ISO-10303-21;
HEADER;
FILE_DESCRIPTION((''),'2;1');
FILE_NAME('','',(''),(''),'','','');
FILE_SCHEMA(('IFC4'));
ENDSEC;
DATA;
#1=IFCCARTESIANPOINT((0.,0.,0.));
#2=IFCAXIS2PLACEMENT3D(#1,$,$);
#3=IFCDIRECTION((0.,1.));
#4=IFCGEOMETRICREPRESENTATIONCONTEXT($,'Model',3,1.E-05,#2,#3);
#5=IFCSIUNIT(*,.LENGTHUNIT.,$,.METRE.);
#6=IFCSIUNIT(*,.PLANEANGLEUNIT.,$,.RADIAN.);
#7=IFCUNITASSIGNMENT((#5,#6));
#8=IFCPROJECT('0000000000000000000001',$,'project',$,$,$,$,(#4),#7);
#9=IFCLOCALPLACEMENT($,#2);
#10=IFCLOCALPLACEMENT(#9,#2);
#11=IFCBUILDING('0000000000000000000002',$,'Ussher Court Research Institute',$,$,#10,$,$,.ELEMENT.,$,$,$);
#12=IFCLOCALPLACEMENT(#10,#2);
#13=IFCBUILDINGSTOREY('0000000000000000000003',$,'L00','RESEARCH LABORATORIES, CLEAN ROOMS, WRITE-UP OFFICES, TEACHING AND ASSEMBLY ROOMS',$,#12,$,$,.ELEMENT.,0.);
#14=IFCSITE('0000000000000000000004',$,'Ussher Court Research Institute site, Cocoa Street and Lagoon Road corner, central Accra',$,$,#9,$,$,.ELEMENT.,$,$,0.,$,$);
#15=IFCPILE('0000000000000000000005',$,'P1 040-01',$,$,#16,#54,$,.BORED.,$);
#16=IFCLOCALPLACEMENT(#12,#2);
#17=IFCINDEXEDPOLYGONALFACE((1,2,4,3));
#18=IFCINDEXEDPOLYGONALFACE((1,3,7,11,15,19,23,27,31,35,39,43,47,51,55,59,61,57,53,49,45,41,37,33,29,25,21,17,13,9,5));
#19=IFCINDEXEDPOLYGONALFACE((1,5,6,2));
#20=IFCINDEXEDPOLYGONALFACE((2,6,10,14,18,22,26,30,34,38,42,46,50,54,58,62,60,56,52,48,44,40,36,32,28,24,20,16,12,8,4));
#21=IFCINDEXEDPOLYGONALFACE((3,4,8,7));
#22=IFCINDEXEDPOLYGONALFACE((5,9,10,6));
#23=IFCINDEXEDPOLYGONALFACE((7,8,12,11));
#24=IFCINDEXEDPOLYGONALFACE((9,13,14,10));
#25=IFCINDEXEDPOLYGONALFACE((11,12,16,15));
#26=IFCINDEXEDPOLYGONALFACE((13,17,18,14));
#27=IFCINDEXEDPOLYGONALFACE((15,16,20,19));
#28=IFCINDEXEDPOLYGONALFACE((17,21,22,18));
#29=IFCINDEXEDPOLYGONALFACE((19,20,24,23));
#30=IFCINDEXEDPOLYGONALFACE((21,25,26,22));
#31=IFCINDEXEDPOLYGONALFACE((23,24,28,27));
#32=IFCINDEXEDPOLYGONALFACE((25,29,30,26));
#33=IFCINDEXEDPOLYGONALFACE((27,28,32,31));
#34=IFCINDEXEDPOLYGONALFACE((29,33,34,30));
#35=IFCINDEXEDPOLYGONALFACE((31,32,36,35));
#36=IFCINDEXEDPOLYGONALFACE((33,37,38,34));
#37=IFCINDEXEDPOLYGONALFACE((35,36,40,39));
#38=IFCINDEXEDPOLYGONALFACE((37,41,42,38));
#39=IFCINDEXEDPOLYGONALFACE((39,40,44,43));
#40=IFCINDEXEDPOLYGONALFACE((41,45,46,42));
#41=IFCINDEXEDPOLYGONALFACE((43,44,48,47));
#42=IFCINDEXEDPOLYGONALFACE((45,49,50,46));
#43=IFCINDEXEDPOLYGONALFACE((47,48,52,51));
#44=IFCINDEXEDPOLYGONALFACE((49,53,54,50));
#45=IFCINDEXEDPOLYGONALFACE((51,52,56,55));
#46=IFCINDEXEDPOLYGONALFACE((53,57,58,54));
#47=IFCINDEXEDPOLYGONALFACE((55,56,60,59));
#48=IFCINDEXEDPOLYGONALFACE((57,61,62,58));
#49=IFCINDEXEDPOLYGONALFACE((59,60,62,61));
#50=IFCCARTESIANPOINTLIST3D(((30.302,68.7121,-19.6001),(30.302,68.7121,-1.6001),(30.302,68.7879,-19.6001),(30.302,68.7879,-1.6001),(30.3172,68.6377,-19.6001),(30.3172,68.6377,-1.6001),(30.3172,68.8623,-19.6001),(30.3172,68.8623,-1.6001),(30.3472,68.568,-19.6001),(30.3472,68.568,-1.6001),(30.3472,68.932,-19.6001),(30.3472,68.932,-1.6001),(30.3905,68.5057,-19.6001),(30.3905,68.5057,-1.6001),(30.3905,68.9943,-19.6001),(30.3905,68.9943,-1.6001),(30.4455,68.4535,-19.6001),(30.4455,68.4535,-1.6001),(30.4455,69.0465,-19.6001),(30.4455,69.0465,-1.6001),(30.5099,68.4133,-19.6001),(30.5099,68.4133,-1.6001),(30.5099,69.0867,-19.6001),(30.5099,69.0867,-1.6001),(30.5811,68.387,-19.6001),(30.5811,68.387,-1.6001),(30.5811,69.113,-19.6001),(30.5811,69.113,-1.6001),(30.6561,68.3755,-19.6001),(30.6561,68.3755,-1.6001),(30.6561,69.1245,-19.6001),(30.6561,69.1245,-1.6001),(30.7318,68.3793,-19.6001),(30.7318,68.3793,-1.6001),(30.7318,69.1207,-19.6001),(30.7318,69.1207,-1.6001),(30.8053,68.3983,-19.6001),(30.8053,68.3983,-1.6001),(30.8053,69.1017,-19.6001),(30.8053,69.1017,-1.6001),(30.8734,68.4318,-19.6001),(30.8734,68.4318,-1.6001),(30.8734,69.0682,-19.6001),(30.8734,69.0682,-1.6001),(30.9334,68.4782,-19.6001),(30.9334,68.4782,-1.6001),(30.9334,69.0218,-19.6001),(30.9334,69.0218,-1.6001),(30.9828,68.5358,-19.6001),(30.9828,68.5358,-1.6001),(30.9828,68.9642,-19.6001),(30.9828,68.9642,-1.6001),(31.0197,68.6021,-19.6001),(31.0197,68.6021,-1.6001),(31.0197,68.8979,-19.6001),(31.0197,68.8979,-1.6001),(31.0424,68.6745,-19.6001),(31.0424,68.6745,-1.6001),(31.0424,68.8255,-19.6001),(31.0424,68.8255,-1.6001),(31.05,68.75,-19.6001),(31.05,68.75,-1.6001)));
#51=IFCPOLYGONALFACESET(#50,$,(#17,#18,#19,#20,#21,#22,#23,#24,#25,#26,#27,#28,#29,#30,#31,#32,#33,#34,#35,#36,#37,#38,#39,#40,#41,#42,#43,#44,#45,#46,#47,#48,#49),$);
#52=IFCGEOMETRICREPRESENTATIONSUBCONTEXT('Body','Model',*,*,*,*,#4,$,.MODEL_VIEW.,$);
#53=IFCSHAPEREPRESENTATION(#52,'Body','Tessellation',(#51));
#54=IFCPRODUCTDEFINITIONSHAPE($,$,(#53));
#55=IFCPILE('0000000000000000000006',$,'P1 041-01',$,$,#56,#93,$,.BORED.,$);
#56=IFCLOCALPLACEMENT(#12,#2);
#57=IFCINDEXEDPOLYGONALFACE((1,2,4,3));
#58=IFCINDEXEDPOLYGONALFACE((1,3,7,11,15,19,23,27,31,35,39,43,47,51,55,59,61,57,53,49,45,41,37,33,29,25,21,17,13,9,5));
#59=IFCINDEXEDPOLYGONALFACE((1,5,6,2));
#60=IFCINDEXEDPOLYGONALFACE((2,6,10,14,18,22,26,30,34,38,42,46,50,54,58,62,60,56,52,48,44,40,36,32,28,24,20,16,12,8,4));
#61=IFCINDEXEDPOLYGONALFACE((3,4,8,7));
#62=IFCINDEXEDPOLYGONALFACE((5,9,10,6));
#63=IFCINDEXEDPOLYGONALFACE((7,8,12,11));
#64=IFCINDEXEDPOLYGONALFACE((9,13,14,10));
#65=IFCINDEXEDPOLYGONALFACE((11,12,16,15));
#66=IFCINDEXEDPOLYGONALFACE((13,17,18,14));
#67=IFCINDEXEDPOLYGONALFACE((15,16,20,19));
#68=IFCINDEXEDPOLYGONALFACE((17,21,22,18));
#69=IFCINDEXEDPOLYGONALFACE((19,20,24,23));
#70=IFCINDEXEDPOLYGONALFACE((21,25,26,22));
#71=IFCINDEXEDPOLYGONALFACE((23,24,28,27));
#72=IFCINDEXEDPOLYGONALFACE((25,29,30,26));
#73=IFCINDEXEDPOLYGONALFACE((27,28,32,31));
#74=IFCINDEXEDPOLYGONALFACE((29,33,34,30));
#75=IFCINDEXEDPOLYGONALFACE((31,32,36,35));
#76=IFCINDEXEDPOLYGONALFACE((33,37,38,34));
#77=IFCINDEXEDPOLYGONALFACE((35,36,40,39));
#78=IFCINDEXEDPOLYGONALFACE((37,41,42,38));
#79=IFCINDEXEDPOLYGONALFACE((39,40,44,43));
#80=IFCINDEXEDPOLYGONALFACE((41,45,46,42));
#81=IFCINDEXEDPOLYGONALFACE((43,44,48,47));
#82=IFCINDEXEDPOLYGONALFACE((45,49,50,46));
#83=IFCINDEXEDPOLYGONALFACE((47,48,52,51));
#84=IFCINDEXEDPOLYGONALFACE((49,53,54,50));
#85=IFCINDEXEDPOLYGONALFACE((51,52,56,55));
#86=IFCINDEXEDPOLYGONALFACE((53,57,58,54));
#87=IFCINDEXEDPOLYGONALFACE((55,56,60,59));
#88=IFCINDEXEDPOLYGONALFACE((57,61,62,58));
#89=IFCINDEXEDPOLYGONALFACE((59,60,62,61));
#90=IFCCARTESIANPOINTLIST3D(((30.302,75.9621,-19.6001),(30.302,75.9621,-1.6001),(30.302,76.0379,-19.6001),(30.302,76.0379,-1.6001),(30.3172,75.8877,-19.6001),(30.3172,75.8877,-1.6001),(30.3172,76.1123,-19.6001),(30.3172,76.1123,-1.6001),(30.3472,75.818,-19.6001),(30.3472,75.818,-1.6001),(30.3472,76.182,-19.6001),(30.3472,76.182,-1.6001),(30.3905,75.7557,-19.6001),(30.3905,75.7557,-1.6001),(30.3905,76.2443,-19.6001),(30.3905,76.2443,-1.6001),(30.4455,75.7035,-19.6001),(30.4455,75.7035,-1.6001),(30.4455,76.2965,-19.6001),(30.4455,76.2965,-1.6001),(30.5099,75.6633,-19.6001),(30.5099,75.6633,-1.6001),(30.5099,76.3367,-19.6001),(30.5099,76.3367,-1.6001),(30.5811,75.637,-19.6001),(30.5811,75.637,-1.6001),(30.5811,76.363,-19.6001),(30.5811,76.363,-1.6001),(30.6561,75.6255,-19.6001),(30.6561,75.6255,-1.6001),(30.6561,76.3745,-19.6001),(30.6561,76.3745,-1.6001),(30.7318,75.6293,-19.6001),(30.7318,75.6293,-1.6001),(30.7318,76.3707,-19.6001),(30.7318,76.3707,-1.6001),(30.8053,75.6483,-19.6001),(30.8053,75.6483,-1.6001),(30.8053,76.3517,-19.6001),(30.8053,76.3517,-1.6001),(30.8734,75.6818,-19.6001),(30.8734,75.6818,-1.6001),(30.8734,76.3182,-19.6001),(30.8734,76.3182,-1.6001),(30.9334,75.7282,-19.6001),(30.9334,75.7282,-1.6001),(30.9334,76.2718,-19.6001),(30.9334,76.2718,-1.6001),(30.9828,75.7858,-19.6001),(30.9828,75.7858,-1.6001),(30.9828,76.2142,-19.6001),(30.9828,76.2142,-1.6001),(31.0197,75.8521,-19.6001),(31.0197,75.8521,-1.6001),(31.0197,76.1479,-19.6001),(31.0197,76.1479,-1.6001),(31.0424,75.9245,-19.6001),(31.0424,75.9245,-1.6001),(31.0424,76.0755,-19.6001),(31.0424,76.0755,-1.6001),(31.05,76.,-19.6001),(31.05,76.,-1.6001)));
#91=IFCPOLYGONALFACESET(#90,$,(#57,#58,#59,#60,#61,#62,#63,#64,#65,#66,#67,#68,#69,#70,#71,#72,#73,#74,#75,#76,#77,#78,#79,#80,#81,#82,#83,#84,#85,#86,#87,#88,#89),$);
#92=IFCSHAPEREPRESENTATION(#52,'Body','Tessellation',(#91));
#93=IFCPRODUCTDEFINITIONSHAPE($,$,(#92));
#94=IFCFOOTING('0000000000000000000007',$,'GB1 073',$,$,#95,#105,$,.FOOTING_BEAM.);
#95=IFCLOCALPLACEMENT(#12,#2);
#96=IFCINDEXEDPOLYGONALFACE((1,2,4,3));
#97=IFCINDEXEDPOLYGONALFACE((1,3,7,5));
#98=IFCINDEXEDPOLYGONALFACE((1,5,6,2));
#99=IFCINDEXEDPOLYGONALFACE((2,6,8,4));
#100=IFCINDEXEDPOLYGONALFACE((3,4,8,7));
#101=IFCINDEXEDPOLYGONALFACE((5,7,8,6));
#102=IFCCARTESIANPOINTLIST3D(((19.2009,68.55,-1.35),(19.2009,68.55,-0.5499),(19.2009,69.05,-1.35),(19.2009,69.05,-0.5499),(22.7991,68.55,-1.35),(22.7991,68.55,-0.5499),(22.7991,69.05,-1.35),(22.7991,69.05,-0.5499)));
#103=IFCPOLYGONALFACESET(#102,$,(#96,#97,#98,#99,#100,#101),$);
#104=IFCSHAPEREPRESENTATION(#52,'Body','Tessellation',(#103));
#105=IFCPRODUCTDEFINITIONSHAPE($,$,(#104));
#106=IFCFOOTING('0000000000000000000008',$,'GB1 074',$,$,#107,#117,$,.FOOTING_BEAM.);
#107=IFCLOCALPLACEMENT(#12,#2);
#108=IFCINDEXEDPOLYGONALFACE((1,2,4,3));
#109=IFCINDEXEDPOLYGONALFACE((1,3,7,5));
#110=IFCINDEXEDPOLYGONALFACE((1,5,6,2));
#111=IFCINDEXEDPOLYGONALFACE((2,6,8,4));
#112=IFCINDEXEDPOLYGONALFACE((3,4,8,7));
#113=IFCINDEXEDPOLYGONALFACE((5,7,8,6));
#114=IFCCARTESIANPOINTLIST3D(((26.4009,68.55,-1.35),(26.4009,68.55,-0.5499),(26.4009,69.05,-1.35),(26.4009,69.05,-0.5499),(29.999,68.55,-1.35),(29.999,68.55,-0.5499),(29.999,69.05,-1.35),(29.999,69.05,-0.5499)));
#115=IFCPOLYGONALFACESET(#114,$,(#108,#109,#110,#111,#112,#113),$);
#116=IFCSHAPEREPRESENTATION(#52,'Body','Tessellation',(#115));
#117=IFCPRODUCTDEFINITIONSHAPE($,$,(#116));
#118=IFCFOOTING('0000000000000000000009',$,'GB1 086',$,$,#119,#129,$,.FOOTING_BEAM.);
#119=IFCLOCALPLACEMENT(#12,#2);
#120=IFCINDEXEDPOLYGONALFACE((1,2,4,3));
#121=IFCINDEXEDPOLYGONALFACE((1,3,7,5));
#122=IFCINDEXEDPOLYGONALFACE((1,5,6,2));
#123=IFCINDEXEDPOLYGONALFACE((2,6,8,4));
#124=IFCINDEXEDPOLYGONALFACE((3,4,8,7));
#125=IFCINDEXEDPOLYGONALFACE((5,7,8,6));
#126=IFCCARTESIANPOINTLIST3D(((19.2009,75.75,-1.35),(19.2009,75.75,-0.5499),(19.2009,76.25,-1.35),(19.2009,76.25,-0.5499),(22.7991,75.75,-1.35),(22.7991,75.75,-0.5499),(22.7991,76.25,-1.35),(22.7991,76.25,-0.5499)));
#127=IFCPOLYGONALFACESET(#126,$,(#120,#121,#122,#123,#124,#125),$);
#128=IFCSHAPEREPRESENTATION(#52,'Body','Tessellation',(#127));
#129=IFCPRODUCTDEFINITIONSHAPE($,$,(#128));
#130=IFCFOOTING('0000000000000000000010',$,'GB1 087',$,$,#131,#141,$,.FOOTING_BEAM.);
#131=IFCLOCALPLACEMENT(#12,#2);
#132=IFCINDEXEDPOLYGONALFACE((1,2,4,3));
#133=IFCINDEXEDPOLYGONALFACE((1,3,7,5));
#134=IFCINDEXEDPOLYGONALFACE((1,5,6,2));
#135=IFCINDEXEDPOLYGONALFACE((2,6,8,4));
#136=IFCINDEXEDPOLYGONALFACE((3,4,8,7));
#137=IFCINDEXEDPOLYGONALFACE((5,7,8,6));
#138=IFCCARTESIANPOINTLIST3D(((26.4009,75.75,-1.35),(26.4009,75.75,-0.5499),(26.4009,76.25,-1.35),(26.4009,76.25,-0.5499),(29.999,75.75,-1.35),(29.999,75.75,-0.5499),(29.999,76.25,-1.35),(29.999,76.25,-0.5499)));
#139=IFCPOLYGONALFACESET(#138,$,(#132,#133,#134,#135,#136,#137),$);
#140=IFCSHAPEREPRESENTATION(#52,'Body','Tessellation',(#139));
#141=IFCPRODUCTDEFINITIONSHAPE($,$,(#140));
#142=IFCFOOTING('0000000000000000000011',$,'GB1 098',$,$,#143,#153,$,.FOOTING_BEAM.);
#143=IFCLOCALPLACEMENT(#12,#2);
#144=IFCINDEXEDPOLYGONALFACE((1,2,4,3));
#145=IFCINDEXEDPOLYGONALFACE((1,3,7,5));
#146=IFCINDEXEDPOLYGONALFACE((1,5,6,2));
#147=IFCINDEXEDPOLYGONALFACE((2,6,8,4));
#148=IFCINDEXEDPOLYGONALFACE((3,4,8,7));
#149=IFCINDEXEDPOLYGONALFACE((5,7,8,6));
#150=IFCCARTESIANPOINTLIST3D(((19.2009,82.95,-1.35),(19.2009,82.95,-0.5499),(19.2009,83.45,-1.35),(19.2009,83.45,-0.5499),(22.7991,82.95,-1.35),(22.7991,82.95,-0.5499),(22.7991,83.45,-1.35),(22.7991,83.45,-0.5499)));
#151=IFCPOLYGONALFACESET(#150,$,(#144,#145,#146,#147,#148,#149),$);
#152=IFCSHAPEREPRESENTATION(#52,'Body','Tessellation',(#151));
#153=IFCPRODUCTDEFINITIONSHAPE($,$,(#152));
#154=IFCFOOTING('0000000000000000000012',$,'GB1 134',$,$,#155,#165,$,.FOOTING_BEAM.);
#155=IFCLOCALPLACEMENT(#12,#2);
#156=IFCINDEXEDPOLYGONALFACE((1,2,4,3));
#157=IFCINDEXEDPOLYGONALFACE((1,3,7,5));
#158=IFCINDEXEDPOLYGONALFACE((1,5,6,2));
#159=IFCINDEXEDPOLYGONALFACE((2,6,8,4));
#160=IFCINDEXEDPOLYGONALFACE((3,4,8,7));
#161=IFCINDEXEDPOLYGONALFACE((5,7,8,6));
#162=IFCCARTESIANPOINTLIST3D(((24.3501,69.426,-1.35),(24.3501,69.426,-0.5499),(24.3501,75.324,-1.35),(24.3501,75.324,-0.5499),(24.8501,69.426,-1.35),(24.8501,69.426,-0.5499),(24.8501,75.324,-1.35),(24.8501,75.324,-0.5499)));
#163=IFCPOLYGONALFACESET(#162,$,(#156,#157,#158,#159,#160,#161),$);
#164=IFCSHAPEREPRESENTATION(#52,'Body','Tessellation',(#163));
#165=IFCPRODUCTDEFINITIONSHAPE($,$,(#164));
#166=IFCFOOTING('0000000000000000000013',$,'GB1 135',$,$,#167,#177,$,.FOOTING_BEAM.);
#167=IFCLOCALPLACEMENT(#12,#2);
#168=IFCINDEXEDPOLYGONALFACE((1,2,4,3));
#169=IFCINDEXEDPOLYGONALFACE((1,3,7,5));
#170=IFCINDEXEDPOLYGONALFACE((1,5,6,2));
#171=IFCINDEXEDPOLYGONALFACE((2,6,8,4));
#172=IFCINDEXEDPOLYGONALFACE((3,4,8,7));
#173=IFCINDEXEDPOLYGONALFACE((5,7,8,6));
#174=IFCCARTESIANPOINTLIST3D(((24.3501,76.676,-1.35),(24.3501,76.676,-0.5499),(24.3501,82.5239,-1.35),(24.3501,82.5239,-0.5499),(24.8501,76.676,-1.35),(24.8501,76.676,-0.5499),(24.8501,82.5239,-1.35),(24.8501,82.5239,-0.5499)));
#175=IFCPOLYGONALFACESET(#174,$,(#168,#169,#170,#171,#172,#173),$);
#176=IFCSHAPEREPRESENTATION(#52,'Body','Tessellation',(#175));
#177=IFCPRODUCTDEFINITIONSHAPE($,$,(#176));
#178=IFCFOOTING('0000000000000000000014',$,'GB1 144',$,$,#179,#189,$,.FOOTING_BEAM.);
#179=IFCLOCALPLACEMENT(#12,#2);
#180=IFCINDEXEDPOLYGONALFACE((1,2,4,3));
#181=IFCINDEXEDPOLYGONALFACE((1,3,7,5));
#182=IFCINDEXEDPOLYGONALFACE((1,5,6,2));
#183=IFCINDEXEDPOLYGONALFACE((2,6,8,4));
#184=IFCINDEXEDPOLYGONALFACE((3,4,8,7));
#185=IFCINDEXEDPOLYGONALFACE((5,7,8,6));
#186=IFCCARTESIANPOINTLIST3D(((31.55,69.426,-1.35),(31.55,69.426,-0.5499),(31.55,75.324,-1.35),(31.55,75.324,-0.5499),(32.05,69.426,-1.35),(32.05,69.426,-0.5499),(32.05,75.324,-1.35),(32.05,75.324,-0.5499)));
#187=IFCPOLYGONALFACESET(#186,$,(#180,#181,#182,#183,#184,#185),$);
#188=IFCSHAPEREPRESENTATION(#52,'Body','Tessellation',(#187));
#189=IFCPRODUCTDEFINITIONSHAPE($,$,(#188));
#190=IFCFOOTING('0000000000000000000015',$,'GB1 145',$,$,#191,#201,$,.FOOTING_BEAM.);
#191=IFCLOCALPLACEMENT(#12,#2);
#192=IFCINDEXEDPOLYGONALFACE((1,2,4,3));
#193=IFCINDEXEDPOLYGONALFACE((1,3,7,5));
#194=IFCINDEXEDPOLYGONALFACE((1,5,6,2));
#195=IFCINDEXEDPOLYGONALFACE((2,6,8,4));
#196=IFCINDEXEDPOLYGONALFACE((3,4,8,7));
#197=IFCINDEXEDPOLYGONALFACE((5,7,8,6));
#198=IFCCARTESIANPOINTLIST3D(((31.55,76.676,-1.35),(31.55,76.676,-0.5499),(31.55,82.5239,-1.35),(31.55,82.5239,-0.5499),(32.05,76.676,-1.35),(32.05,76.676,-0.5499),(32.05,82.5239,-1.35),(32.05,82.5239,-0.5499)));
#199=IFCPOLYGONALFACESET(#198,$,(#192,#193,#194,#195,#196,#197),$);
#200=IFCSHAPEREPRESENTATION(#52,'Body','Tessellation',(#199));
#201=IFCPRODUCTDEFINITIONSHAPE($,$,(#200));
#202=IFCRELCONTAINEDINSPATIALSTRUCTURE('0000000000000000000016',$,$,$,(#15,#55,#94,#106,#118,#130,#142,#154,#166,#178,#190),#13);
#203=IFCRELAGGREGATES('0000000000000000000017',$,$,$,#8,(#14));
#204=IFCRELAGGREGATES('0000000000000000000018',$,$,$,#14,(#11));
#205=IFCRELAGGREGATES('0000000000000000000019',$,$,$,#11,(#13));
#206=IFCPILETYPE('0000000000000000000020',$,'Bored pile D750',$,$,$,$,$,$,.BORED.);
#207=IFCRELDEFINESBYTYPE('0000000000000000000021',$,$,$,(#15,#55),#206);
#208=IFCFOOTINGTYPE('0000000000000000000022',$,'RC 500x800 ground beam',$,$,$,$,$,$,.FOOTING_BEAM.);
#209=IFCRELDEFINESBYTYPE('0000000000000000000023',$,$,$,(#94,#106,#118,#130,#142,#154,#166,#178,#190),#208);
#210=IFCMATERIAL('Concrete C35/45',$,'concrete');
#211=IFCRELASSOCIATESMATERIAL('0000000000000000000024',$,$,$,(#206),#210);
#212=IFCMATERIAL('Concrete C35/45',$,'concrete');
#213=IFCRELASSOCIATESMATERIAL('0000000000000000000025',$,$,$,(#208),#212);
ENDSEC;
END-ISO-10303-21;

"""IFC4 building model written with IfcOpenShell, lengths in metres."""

from ifc_helpers import new_model, si_unit, direction, frame, origin, origin_2d, place, context, subcontext, project, spatial, rectangle, circle, extrude, material, material_profile, profile_set, type_object, element, save


model = new_model("IFC4")

# Units and contexts
model_context = context("Model", 3, precision=1e-05, world=origin(), true_north=direction((0.0, 1.0)))
body_context = subcontext(model_context, "Body", "Model", "MODEL_VIEW")
ifc_project = project(units=[si_unit("LENGTHUNIT", "METRE"), si_unit("PLANEANGLEUNIT", "RADIAN")], contexts=[model_context])

# Site, building, storey
site_placement = place(None, origin())
site = spatial("IfcSite", under=ifc_project, at=site_placement, Name="Ussher Court Research Institute site, Cocoa Street and Lagoon Road corner, central Accra", CompositionType="ELEMENT", RefElevation=0.0)
building_placement = place(site_placement, origin())
building = spatial("IfcBuilding", under=site, at=building_placement, Name="Ussher Court Research Institute", CompositionType="ELEMENT")
storey_placement = place(building_placement, origin())
storey = spatial("IfcBuildingStorey", under=building, at=storey_placement, Name="L00", Description="RESEARCH LABORATORIES, CLEAN ROOMS, WRITE-UP OFFICES, TEACHING AND ASSEMBLY ROOMS", CompositionType="ELEMENT", Elevation=0.0)

# Piles
ifc_material_1 = material(Name="Concrete C35/45", Category="concrete")
ifc_material_profile_1 = material_profile(ifc_material_1, circle(Radius=0.375, at=origin_2d()), Name="RC D750")
ifc_profile_set_1 = profile_set([ifc_material_profile_1], Name="Concrete C35/45")
pile_type = type_object("IfcPileType", Name="Bored pile D750", PredefinedType="BORED", material=ifc_profile_set_1)
for number, where, z_axis, x_axis, name in (
    (1, (30.675, 68.75, -1.6001), (0.0, 0.0, -1.0), (1.0, 0.0, 0.0), "P1 040-01"),
    (2, (30.675, 76.0, -1.6001), (0.0, 0.0, -1.0), (1.0, 0.0, 0.0), "P1 041-01"),
):
    element("IfcPile", number, at=place(storey_placement, frame(where, z_axis=z_axis, x_axis=x_axis)), inside=storey, type_object=pile_type, Name=name, PredefinedType="BORED", context=body_context, shape_type="SweptSolid", body=[
        extrude(circle(Radius=0.375, at=origin_2d()), origin(), (0.0, 0.0, 1.0), 18.0),
    ])

# Footings
ifc_material_2 = material(Name="Concrete C35/45", Category="concrete")
ifc_material_profile_2 = material_profile(ifc_material_2, rectangle(XDim=0.5, YDim=0.8, at=origin_2d()), Name="RC 500x800")
ifc_profile_set_2 = profile_set([ifc_material_profile_2], Name="Concrete C35/45")
footing_type = type_object("IfcFootingType", Name="RC 500x800 ground beam", PredefinedType="FOOTING_BEAM", material=ifc_profile_set_2)
for number, where, z_axis, x_axis, name in (
    (3, (19.2009, 68.8, -0.95), (1.0, 0.0, 0.0), (0.0, 1.0, 0.0), "GB1 073"),
    (4, (26.4009, 68.8, -0.95), (1.0, 0.0, 0.0), (0.0, 1.0, 0.0), "GB1 074"),
    (5, (19.2009, 76.0, -0.95), (1.0, 0.0, 0.0), (0.0, 1.0, 0.0), "GB1 086"),
    (6, (26.4009, 76.0, -0.95), (1.0, 0.0, 0.0), (0.0, 1.0, 0.0), "GB1 087"),
    (7, (19.2009, 83.2, -0.95), (1.0, 0.0, 0.0), (0.0, 1.0, 0.0), "GB1 098"),
):
    element("IfcFooting", number, at=place(storey_placement, frame(where, z_axis=z_axis, x_axis=x_axis)), inside=storey, type_object=footing_type, Name=name, PredefinedType="FOOTING_BEAM", context=body_context, shape_type="SweptSolid", body=[
        extrude(rectangle(XDim=0.5, YDim=0.8, at=origin_2d()), origin(), (0.0, 0.0, 1.0), 3.5981),
    ])
footing_1_placement = place(storey_placement, frame((24.6001, 69.426, -0.95), z_axis=(0.0, 1.0, 0.0), x_axis=(-1.0, 0.0, 0.0)))
element("IfcFooting", 8, at=footing_1_placement, inside=storey, type_object=footing_type, Name="GB1 134", PredefinedType="FOOTING_BEAM", context=body_context, shape_type="SweptSolid", body=[
    extrude(rectangle(XDim=0.5, YDim=0.8, at=origin_2d()), origin(), (0.0, 0.0, 1.0), 5.8979),
])
footing_2_placement = place(storey_placement, frame((24.6001, 76.676, -0.95), z_axis=(0.0, 1.0, 0.0), x_axis=(-1.0, 0.0, 0.0)))
element("IfcFooting", 9, at=footing_2_placement, inside=storey, type_object=footing_type, Name="GB1 135", PredefinedType="FOOTING_BEAM", context=body_context, shape_type="SweptSolid", body=[
    extrude(rectangle(XDim=0.5, YDim=0.8, at=origin_2d()), origin(), (0.0, 0.0, 1.0), 5.8479),
])
footing_3_placement = place(storey_placement, frame((31.8, 69.426, -0.95), z_axis=(0.0, 1.0, 0.0), x_axis=(-1.0, 0.0, 0.0)))
element("IfcFooting", 10, at=footing_3_placement, inside=storey, type_object=footing_type, Name="GB1 144", PredefinedType="FOOTING_BEAM", context=body_context, shape_type="SweptSolid", body=[
    extrude(rectangle(XDim=0.5, YDim=0.8, at=origin_2d()), origin(), (0.0, 0.0, 1.0), 5.8979),
])
footing_4_placement = place(storey_placement, frame((31.8, 76.676, -0.95), z_axis=(0.0, 1.0, 0.0), x_axis=(-1.0, 0.0, 0.0)))
element("IfcFooting", 11, at=footing_4_placement, inside=storey, type_object=footing_type, Name="GB1 145", PredefinedType="FOOTING_BEAM", context=body_context, shape_type="SweptSolid", body=[
    extrude(rectangle(XDim=0.5, YDim=0.8, at=origin_2d()), origin(), (0.0, 0.0, 1.0), 5.8479),
])

save(model, "model.ifc")
